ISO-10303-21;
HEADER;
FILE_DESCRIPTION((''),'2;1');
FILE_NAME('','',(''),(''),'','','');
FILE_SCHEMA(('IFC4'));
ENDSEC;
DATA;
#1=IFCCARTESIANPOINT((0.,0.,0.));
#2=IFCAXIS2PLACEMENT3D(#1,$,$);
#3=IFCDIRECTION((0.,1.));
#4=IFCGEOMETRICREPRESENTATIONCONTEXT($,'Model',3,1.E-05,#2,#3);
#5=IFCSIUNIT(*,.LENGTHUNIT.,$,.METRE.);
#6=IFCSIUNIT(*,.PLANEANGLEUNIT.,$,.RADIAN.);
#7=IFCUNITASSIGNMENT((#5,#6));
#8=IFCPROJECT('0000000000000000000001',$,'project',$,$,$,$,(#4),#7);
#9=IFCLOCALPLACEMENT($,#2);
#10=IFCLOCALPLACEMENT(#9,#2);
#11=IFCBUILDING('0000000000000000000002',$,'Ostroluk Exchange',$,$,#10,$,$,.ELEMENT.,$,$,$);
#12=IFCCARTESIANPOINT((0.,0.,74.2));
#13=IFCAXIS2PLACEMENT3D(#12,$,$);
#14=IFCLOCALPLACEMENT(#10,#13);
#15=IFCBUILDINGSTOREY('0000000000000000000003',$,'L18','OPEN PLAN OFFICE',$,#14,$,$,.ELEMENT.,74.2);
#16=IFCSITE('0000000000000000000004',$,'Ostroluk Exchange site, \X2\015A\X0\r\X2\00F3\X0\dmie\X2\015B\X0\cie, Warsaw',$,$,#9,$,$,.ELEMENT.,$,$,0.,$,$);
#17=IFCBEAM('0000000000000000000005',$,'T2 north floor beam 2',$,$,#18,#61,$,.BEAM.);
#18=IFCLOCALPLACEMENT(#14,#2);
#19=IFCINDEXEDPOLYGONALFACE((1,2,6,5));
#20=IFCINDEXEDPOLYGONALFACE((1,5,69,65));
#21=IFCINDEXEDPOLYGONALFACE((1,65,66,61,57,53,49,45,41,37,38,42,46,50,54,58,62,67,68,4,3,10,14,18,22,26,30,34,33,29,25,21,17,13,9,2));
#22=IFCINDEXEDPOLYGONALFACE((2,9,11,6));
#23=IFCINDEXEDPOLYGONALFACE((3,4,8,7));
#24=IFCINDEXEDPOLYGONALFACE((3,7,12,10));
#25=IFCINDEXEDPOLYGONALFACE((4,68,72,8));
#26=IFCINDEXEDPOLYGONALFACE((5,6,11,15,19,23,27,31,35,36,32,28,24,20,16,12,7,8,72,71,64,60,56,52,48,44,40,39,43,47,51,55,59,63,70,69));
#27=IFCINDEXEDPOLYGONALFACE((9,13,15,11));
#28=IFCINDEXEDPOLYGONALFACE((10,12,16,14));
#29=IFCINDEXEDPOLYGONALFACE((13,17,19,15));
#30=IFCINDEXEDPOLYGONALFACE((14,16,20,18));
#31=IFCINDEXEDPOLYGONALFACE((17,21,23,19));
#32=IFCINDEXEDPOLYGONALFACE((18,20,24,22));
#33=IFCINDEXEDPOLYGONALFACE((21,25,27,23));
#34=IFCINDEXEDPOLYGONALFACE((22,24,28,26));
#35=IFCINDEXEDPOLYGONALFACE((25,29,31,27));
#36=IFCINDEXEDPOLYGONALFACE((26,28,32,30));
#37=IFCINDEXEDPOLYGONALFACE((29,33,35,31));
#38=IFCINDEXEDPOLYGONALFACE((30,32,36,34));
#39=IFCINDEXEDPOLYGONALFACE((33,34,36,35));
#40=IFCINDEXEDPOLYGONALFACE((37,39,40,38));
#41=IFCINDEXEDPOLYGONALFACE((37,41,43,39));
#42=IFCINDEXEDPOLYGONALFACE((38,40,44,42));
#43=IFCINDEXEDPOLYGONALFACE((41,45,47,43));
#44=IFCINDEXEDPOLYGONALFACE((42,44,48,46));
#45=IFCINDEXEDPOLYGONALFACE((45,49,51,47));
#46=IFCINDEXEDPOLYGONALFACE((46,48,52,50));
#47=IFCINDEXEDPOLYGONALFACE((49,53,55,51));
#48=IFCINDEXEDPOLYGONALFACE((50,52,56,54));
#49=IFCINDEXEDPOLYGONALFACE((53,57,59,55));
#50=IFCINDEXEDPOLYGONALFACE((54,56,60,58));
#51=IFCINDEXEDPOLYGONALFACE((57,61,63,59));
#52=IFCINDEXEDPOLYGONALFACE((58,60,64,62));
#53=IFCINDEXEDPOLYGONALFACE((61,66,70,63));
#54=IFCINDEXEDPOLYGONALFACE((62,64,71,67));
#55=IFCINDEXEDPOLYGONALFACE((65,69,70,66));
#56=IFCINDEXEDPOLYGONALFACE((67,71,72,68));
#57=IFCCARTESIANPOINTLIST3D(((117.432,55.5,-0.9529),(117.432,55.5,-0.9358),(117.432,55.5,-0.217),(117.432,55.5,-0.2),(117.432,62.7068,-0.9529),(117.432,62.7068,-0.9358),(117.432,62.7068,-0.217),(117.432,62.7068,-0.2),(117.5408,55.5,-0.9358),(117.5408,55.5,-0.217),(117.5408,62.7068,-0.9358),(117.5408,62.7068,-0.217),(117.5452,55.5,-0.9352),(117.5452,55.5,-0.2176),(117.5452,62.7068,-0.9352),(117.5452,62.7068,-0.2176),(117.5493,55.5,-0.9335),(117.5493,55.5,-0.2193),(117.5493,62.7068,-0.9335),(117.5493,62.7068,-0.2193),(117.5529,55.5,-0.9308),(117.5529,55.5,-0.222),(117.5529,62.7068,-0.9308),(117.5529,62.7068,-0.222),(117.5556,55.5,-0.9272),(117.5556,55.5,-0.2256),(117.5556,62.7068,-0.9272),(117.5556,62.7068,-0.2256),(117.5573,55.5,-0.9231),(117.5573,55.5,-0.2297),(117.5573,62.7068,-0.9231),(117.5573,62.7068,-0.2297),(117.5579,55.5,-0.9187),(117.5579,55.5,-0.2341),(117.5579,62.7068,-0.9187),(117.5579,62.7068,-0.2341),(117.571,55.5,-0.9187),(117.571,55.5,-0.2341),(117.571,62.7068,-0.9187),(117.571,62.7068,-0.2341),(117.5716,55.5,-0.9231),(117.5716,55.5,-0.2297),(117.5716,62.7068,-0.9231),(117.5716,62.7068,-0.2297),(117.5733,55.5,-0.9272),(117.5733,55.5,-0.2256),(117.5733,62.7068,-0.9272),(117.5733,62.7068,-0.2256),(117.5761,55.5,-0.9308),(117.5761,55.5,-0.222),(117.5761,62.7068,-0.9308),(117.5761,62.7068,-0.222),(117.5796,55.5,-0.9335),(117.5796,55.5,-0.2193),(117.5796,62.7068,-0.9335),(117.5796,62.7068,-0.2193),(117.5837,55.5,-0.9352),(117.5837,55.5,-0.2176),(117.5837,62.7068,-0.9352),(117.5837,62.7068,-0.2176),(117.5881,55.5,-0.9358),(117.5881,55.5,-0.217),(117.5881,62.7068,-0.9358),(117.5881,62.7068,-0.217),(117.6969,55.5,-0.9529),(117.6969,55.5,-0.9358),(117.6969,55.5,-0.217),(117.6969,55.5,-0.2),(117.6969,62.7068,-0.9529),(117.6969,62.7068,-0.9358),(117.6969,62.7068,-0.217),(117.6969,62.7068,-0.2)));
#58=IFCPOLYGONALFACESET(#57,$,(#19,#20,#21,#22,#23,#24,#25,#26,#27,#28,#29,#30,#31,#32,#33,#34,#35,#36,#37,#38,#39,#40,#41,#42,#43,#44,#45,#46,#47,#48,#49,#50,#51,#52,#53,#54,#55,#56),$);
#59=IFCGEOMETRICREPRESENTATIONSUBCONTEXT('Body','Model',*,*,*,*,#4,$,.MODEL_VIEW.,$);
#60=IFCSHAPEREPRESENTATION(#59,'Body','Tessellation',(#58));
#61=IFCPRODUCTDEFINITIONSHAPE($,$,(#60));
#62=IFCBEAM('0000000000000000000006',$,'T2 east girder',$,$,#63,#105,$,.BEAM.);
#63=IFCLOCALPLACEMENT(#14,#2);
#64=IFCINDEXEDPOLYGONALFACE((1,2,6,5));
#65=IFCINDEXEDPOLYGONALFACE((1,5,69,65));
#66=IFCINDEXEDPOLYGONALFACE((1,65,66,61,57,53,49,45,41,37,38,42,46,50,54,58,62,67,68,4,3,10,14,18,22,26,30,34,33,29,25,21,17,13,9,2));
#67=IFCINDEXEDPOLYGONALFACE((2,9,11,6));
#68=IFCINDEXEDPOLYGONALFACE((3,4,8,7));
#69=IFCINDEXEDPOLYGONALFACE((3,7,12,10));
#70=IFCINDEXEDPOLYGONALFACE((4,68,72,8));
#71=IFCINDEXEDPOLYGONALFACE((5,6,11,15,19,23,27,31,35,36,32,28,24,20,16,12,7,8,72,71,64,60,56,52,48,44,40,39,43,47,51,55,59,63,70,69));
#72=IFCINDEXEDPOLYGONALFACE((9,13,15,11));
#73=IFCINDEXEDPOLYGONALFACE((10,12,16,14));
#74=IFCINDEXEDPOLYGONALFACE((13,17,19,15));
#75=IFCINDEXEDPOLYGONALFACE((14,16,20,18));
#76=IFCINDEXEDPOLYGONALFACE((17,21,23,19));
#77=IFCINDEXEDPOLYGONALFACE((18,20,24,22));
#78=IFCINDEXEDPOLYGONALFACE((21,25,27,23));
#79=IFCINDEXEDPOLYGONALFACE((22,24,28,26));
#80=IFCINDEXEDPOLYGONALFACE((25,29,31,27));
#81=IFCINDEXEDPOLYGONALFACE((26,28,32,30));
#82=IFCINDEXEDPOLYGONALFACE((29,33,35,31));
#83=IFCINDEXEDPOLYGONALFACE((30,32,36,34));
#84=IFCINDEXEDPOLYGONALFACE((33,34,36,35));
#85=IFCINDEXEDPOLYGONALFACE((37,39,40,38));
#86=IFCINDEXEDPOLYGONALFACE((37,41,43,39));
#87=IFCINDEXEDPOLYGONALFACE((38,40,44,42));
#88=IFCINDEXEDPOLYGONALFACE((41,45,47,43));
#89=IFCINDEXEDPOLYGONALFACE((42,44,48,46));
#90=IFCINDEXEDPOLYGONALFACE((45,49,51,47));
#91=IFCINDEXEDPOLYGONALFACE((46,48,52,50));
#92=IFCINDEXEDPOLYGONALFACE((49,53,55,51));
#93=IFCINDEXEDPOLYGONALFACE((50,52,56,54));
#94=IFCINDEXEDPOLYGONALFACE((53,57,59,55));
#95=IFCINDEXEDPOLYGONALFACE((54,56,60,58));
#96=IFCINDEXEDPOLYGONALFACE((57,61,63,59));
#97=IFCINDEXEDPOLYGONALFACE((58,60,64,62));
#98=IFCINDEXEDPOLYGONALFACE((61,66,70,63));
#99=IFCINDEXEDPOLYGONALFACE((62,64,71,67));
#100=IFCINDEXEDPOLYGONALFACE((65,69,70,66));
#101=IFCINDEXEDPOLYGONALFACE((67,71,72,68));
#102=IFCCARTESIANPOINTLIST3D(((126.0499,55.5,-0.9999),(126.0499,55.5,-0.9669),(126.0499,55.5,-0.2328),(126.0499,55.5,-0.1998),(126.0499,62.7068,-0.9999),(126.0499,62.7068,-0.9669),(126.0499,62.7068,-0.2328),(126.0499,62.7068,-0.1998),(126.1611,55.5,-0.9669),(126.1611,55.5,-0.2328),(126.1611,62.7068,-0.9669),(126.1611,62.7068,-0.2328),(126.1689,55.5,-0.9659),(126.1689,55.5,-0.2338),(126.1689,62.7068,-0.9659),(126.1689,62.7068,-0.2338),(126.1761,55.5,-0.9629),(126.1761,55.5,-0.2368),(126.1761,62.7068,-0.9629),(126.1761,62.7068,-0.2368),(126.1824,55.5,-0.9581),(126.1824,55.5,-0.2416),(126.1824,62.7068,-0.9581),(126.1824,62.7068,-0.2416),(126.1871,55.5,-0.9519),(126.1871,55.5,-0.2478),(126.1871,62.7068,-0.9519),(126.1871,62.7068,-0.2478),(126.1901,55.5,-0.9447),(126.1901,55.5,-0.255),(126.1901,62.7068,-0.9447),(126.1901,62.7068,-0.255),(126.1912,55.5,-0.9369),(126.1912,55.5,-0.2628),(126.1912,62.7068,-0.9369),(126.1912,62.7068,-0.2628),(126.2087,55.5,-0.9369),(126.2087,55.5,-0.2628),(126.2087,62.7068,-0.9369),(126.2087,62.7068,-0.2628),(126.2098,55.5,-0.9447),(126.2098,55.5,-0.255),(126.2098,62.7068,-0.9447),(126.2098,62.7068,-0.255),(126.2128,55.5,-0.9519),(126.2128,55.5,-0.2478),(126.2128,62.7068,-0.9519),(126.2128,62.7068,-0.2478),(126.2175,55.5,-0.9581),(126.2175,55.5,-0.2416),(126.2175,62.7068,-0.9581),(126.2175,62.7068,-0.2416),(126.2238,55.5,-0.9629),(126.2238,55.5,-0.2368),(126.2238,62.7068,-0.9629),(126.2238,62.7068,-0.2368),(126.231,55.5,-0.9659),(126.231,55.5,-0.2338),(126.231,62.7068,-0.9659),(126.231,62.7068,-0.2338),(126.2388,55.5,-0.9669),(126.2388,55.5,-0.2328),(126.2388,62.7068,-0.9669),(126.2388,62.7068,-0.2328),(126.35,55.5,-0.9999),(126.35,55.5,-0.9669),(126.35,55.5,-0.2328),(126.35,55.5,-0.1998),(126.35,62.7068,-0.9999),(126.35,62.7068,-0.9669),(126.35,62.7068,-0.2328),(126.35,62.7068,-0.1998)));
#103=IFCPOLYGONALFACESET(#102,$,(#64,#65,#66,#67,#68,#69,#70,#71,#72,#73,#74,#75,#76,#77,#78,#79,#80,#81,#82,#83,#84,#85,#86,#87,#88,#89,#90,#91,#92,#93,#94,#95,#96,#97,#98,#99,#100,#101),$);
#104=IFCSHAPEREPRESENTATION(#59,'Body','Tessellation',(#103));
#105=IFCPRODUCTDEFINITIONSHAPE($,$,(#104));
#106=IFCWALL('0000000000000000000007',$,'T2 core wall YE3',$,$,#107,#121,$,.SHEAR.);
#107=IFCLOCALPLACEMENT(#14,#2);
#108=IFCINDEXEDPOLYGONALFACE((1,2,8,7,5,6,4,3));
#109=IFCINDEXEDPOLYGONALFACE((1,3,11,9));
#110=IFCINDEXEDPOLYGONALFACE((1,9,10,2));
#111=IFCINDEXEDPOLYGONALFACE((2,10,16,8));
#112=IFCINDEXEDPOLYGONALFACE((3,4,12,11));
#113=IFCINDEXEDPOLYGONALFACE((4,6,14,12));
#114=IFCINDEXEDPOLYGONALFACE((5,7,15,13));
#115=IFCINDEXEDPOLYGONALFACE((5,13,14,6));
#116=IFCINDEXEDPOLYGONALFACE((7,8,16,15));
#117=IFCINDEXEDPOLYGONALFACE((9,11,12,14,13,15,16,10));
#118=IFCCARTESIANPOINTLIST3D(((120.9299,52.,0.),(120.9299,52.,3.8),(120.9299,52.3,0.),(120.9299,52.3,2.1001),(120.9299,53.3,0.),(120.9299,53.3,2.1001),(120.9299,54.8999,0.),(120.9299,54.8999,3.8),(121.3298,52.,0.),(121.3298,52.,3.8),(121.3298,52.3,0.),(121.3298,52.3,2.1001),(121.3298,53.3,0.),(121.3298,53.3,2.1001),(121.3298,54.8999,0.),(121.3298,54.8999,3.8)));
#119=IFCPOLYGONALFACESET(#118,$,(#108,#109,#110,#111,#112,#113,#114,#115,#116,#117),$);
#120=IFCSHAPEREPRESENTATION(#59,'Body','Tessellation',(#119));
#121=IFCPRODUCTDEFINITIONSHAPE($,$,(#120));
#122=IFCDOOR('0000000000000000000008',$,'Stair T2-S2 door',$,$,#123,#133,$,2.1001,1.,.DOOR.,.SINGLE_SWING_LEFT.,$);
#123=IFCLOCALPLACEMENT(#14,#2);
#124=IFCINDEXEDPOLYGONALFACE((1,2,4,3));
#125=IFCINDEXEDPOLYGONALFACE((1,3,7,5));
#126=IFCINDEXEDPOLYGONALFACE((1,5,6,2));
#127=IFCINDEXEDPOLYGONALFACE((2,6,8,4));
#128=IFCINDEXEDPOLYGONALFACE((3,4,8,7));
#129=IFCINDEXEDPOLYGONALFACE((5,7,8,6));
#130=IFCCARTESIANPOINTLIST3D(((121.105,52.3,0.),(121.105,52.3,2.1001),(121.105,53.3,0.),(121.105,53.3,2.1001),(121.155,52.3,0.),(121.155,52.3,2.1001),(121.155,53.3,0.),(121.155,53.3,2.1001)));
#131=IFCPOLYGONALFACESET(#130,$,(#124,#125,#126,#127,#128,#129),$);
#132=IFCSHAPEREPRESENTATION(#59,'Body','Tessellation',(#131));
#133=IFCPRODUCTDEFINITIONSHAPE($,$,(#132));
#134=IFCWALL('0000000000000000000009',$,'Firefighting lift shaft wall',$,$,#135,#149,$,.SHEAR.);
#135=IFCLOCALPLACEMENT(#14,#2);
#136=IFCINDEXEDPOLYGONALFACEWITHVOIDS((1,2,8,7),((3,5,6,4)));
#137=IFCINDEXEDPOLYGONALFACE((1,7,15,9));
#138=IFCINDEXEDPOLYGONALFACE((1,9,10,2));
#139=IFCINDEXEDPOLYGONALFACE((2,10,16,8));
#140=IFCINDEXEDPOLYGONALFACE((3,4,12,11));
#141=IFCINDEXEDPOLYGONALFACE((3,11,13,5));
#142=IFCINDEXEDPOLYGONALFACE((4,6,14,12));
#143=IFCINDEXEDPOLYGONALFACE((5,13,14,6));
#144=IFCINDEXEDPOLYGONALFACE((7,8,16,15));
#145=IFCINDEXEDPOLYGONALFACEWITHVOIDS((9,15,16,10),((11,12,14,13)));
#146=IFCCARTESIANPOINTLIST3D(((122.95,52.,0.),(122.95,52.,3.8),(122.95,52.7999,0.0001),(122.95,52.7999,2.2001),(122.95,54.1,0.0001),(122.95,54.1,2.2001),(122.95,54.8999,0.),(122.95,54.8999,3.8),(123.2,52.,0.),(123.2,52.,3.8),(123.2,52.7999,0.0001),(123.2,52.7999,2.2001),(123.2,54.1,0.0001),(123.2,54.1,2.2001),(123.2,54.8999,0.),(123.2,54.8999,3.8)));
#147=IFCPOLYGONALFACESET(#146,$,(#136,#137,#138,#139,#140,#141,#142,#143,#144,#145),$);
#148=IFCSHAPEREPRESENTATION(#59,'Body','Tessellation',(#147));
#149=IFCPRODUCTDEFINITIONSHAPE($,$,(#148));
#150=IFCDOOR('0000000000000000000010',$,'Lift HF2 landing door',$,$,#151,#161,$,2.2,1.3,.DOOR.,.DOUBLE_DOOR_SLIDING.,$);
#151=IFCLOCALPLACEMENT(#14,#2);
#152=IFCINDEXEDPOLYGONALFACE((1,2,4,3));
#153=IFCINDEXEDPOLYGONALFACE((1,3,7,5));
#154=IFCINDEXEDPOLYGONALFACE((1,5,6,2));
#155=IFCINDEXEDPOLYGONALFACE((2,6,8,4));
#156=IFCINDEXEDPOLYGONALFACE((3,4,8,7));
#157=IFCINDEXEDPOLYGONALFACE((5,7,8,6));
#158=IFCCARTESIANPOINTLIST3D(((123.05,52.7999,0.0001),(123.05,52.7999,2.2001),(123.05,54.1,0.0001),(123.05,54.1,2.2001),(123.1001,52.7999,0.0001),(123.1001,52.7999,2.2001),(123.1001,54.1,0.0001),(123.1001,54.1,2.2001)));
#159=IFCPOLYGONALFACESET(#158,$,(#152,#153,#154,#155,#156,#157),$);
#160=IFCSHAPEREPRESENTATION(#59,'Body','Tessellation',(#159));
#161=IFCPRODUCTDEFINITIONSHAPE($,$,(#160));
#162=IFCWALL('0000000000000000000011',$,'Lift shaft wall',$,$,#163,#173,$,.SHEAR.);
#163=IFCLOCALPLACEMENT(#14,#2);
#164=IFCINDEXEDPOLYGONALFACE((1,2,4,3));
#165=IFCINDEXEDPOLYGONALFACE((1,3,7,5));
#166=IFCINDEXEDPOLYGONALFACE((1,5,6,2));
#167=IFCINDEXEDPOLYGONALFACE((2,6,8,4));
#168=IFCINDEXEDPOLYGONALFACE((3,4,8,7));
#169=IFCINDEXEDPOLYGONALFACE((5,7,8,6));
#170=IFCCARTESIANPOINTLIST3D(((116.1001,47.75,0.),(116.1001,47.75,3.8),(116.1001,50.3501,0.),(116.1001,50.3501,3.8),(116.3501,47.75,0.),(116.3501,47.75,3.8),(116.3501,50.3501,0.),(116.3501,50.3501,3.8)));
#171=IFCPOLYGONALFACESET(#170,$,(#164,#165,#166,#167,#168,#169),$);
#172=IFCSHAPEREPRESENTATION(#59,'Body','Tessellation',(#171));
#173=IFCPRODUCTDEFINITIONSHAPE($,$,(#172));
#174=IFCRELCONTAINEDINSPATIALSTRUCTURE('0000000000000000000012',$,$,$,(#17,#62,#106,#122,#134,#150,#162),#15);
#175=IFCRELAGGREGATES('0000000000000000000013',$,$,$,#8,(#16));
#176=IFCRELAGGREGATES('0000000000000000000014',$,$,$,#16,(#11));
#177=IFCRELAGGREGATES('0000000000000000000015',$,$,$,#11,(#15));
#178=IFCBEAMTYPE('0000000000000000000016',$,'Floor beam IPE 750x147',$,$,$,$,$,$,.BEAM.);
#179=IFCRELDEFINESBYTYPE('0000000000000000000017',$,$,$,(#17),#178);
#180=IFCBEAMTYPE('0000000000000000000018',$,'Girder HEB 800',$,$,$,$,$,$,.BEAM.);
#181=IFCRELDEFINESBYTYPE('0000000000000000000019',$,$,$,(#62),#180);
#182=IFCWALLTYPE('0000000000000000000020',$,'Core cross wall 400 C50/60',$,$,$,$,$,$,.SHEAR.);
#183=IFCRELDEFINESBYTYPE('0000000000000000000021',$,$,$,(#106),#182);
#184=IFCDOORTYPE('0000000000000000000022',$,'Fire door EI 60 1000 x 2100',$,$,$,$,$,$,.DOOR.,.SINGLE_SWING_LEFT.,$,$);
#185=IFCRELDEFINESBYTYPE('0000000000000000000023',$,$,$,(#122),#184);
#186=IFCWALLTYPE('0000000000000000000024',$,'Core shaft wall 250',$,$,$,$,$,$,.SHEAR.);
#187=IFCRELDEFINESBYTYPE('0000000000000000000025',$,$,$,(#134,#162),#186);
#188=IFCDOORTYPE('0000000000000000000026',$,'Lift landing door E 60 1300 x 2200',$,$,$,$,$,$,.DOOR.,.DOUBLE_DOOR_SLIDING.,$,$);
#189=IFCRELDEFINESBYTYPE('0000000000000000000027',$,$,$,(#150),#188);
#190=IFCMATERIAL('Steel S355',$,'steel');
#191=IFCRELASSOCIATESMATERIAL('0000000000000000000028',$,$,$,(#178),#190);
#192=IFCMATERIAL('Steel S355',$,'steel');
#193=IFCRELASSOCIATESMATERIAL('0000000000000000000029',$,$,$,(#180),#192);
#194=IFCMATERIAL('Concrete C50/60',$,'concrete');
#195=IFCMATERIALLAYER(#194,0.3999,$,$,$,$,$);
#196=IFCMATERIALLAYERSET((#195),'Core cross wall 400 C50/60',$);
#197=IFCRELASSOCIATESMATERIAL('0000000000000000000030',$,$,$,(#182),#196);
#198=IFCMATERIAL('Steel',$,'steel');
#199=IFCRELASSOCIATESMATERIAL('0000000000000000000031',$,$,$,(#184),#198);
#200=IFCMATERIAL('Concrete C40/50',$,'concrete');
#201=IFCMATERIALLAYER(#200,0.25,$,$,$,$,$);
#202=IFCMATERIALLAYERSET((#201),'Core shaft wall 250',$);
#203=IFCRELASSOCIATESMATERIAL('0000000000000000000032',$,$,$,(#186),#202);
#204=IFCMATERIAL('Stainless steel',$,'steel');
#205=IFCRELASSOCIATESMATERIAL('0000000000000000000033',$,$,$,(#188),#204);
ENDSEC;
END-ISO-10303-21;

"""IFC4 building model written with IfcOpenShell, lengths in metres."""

from ifc_helpers import new_model, si_unit, direction, frame, frame_2d, origin, origin_2d, place, context, subcontext, project, spatial, rectangle, i_section, extrude, material, layer, layer_set, material_profile, profile_set, type_object, element, fill, save


model = new_model("IFC4")

# Units and contexts
model_context = context("Model", 3, precision=1e-05, world=origin(), true_north=direction((0.0, 1.0)))
body_context = subcontext(model_context, "Body", "Model", "MODEL_VIEW")
ifc_project = project(units=[si_unit("LENGTHUNIT", "METRE"), si_unit("PLANEANGLEUNIT", "RADIAN")], contexts=[model_context])

# Site, building, storey
site_placement = place(None, origin())
site = spatial("IfcSite", under=ifc_project, at=site_placement, Name="Ostroluk Exchange site, Śródmieście, Warsaw", CompositionType="ELEMENT", RefElevation=0.0)
building_placement = place(site_placement, origin())
building = spatial("IfcBuilding", under=site, at=building_placement, Name="Ostroluk Exchange", CompositionType="ELEMENT")
storey_placement = place(building_placement, frame((0.0, 0.0, 74.2)))
storey = spatial("IfcBuildingStorey", under=building, at=storey_placement, Name="L18", Description="OPEN PLAN OFFICE", CompositionType="ELEMENT", Elevation=74.2)

# Beams
ifc_material_1 = material(Name="Steel S355", Category="steel")
ifc_material_profile_1 = material_profile(ifc_material_1, i_section(OverallWidth=0.2649, OverallDepth=0.7529, WebThickness=0.0132, FlangeThickness=0.0171, FilletRadius=0.0171, at=origin_2d()), Name="IPE 750x147")
ifc_profile_set_1 = profile_set([ifc_material_profile_1], Name="Steel S355")
beam_type_1 = type_object("IfcBeamType", Name="Floor beam IPE 750x147", PredefinedType="BEAM", material=ifc_profile_set_1)
for number, where, z_axis, x_axis, name in (
    (1, (117.5645, 55.5, -0.5764), (0.0, 1.0, 0.0), (-1.0, 0.0, 0.0), "T2 north floor beam 2"),
):
    element("IfcBeam", number, at=place(storey_placement, frame(where, z_axis=z_axis, x_axis=x_axis)), inside=storey, type_object=beam_type_1, Name=name, PredefinedType="BEAM", context=body_context, shape_type="SweptSolid", body=[
        extrude(i_section(OverallWidth=0.2649, OverallDepth=0.7529, WebThickness=0.0132, FlangeThickness=0.0171, FilletRadius=0.0171, at=origin_2d()), origin(), (0.0, 0.0, 1.0), 7.2068),
    ])
ifc_material_2 = material(Name="Steel S355", Category="steel")
ifc_material_profile_2 = material_profile(ifc_material_2, i_section(OverallWidth=0.3, OverallDepth=0.8, WebThickness=0.0176, FlangeThickness=0.033, FilletRadius=0.03, at=origin_2d()), Name="HEB 800")
ifc_profile_set_2 = profile_set([ifc_material_profile_2], Name="Steel S355")
beam_type_2 = type_object("IfcBeamType", Name="Girder HEB 800", PredefinedType="BEAM", material=ifc_profile_set_2)
beam_1_placement = place(storey_placement, frame((126.2, 55.5, -0.5999), z_axis=(0.0, 1.0, 0.0), x_axis=(-1.0, 0.0, 0.0)))
element("IfcBeam", 2, at=beam_1_placement, inside=storey, type_object=beam_type_2, Name="T2 east girder", PredefinedType="BEAM", context=body_context, shape_type="SweptSolid", body=[
    extrude(i_section(OverallWidth=0.3, OverallDepth=0.8, WebThickness=0.0176, FlangeThickness=0.033, FilletRadius=0.03, at=origin_2d()), origin(), (0.0, 0.0, 1.0), 7.2068),
])

# Walls, openings, doors
ifc_material_3 = material(Name="Concrete C50/60", Category="concrete")
ifc_layer_1 = layer(ifc_material_3, 0.3999)
ifc_layer_set_1 = layer_set([ifc_layer_1], Name="Core cross wall 400 C50/60")
wall_type_1 = type_object("IfcWallType", Name="Core cross wall 400 C50/60", PredefinedType="SHEAR", material=ifc_layer_set_1)
wall_1_placement = place(storey_placement, frame((121.1299, 52.0, 0.0), z_axis=(0.0, 0.0, 1.0), x_axis=(0.0, 1.0, 0.0)))
wall_1 = element("IfcWall", 3, at=wall_1_placement, inside=storey, type_object=wall_type_1, Name="T2 core wall YE3", PredefinedType="SHEAR", context=body_context, shape_type="SweptSolid", body=[
    extrude(rectangle(XDim=2.8999, YDim=0.3999, at=frame_2d((1.45, 0.0))), origin(), (0.0, 0.0, 1.0), 3.8),
])
opening_1_placement = place(wall_1_placement, frame((0.3, 0.0, 0.0)))
opening_1 = element("IfcOpeningElement", 4, at=opening_1_placement, cuts=wall_1, PredefinedType="OPENING", context=body_context, shape_type="SweptSolid", body=[
    extrude(rectangle(XDim=1.0, YDim=2.1001, at=frame_2d((0.5, 1.05))), frame((0.0, 0.21, 0.0), z_axis=(0.0, -1.0, 0.0), x_axis=(1.0, 0.0, 0.0)), (0.0, 0.0, 1.0), 0.4199),
])
ifc_material_4 = material(Name="Steel", Category="steel")
door_type_1 = type_object("IfcDoorType", Name="Fire door EI 60 1000 x 2100", OperationType="SINGLE_SWING_LEFT", PredefinedType="DOOR", material=ifc_material_4)
door_1_placement = place(opening_1_placement, origin())
door_1 = element("IfcDoor", 5, at=door_1_placement, inside=storey, type_object=door_type_1, Name="Stair T2-S2 door", OperationType="SINGLE_SWING_LEFT", OverallHeight=2.1001, OverallWidth=1.0, PredefinedType="DOOR", context=body_context, shape_type="SweptSolid", body=[
    extrude(rectangle(XDim=1.0, YDim=2.1001, at=frame_2d((0.5, 1.05))), frame((0.0, 0.0249, 0.0), z_axis=(0.0, -1.0, 0.0), x_axis=(1.0, 0.0, 0.0)), (0.0, 0.0, 1.0), 0.05),
])
fill(opening_1, door_1)
ifc_material_5 = material(Name="Concrete C40/50", Category="concrete")
ifc_layer_2 = layer(ifc_material_5, 0.25)
ifc_layer_set_2 = layer_set([ifc_layer_2], Name="Core shaft wall 250")
wall_type_2 = type_object("IfcWallType", Name="Core shaft wall 250", PredefinedType="SHEAR", material=ifc_layer_set_2)
wall_2_placement = place(storey_placement, frame((123.075, 52.0, 0.0), z_axis=(0.0, 0.0, 1.0), x_axis=(0.0, 1.0, 0.0)))
wall_2 = element("IfcWall", 6, at=wall_2_placement, inside=storey, type_object=wall_type_2, Name="Firefighting lift shaft wall", PredefinedType="SHEAR", context=body_context, shape_type="SweptSolid", body=[
    extrude(rectangle(XDim=2.8999, YDim=0.25, at=frame_2d((1.45, 0.0))), origin(), (0.0, 0.0, 1.0), 3.8),
])
opening_2_placement = place(wall_2_placement, frame((0.8, 0.0, 0.0)))
opening_2 = element("IfcOpeningElement", 7, at=opening_2_placement, cuts=wall_2, PredefinedType="OPENING", context=body_context, shape_type="SweptSolid", body=[
    extrude(rectangle(XDim=1.3, YDim=2.2, at=frame_2d((0.6499, 1.1001))), frame((0.0, 0.135, 0.0), z_axis=(0.0, -1.0, 0.0), x_axis=(1.0, 0.0, 0.0)), (0.0, 0.0, 1.0), 0.27),
])
ifc_material_6 = material(Name="Stainless steel", Category="steel")
door_type_2 = type_object("IfcDoorType", Name="Lift landing door E 60 1300 x 2200", OperationType="DOUBLE_DOOR_SLIDING", PredefinedType="DOOR", material=ifc_material_6)
door_2_placement = place(opening_2_placement, origin())
door_2 = element("IfcDoor", 8, at=door_2_placement, inside=storey, type_object=door_type_2, Name="Lift HF2 landing door", OperationType="DOUBLE_DOOR_SLIDING", OverallHeight=2.2, OverallWidth=1.3, PredefinedType="DOOR", context=body_context, shape_type="SweptSolid", body=[
    extrude(rectangle(XDim=1.3, YDim=2.2, at=frame_2d((0.6499, 1.1001))), frame((0.0, 0.0249, 0.0), z_axis=(0.0, -1.0, 0.0), x_axis=(1.0, 0.0, 0.0)), (0.0, 0.0, 1.0), 0.05),
])
fill(opening_2, door_2)

# Wall
for number, where, z_axis, x_axis, name in (
    (9, (116.2251, 47.75, 0.0), (0.0, 0.0, 1.0), (0.0, 1.0, 0.0), "Lift shaft wall"),
):
    element("IfcWall", number, at=place(storey_placement, frame(where, z_axis=z_axis, x_axis=x_axis)), inside=storey, type_object=wall_type_2, Name=name, PredefinedType="SHEAR", context=body_context, shape_type="SweptSolid", body=[
        extrude(rectangle(XDim=2.6001, YDim=0.25, at=frame_2d((1.3, 0.0))), origin(), (0.0, 0.0, 1.0), 3.8),
    ])

save(model, "model.ifc")
